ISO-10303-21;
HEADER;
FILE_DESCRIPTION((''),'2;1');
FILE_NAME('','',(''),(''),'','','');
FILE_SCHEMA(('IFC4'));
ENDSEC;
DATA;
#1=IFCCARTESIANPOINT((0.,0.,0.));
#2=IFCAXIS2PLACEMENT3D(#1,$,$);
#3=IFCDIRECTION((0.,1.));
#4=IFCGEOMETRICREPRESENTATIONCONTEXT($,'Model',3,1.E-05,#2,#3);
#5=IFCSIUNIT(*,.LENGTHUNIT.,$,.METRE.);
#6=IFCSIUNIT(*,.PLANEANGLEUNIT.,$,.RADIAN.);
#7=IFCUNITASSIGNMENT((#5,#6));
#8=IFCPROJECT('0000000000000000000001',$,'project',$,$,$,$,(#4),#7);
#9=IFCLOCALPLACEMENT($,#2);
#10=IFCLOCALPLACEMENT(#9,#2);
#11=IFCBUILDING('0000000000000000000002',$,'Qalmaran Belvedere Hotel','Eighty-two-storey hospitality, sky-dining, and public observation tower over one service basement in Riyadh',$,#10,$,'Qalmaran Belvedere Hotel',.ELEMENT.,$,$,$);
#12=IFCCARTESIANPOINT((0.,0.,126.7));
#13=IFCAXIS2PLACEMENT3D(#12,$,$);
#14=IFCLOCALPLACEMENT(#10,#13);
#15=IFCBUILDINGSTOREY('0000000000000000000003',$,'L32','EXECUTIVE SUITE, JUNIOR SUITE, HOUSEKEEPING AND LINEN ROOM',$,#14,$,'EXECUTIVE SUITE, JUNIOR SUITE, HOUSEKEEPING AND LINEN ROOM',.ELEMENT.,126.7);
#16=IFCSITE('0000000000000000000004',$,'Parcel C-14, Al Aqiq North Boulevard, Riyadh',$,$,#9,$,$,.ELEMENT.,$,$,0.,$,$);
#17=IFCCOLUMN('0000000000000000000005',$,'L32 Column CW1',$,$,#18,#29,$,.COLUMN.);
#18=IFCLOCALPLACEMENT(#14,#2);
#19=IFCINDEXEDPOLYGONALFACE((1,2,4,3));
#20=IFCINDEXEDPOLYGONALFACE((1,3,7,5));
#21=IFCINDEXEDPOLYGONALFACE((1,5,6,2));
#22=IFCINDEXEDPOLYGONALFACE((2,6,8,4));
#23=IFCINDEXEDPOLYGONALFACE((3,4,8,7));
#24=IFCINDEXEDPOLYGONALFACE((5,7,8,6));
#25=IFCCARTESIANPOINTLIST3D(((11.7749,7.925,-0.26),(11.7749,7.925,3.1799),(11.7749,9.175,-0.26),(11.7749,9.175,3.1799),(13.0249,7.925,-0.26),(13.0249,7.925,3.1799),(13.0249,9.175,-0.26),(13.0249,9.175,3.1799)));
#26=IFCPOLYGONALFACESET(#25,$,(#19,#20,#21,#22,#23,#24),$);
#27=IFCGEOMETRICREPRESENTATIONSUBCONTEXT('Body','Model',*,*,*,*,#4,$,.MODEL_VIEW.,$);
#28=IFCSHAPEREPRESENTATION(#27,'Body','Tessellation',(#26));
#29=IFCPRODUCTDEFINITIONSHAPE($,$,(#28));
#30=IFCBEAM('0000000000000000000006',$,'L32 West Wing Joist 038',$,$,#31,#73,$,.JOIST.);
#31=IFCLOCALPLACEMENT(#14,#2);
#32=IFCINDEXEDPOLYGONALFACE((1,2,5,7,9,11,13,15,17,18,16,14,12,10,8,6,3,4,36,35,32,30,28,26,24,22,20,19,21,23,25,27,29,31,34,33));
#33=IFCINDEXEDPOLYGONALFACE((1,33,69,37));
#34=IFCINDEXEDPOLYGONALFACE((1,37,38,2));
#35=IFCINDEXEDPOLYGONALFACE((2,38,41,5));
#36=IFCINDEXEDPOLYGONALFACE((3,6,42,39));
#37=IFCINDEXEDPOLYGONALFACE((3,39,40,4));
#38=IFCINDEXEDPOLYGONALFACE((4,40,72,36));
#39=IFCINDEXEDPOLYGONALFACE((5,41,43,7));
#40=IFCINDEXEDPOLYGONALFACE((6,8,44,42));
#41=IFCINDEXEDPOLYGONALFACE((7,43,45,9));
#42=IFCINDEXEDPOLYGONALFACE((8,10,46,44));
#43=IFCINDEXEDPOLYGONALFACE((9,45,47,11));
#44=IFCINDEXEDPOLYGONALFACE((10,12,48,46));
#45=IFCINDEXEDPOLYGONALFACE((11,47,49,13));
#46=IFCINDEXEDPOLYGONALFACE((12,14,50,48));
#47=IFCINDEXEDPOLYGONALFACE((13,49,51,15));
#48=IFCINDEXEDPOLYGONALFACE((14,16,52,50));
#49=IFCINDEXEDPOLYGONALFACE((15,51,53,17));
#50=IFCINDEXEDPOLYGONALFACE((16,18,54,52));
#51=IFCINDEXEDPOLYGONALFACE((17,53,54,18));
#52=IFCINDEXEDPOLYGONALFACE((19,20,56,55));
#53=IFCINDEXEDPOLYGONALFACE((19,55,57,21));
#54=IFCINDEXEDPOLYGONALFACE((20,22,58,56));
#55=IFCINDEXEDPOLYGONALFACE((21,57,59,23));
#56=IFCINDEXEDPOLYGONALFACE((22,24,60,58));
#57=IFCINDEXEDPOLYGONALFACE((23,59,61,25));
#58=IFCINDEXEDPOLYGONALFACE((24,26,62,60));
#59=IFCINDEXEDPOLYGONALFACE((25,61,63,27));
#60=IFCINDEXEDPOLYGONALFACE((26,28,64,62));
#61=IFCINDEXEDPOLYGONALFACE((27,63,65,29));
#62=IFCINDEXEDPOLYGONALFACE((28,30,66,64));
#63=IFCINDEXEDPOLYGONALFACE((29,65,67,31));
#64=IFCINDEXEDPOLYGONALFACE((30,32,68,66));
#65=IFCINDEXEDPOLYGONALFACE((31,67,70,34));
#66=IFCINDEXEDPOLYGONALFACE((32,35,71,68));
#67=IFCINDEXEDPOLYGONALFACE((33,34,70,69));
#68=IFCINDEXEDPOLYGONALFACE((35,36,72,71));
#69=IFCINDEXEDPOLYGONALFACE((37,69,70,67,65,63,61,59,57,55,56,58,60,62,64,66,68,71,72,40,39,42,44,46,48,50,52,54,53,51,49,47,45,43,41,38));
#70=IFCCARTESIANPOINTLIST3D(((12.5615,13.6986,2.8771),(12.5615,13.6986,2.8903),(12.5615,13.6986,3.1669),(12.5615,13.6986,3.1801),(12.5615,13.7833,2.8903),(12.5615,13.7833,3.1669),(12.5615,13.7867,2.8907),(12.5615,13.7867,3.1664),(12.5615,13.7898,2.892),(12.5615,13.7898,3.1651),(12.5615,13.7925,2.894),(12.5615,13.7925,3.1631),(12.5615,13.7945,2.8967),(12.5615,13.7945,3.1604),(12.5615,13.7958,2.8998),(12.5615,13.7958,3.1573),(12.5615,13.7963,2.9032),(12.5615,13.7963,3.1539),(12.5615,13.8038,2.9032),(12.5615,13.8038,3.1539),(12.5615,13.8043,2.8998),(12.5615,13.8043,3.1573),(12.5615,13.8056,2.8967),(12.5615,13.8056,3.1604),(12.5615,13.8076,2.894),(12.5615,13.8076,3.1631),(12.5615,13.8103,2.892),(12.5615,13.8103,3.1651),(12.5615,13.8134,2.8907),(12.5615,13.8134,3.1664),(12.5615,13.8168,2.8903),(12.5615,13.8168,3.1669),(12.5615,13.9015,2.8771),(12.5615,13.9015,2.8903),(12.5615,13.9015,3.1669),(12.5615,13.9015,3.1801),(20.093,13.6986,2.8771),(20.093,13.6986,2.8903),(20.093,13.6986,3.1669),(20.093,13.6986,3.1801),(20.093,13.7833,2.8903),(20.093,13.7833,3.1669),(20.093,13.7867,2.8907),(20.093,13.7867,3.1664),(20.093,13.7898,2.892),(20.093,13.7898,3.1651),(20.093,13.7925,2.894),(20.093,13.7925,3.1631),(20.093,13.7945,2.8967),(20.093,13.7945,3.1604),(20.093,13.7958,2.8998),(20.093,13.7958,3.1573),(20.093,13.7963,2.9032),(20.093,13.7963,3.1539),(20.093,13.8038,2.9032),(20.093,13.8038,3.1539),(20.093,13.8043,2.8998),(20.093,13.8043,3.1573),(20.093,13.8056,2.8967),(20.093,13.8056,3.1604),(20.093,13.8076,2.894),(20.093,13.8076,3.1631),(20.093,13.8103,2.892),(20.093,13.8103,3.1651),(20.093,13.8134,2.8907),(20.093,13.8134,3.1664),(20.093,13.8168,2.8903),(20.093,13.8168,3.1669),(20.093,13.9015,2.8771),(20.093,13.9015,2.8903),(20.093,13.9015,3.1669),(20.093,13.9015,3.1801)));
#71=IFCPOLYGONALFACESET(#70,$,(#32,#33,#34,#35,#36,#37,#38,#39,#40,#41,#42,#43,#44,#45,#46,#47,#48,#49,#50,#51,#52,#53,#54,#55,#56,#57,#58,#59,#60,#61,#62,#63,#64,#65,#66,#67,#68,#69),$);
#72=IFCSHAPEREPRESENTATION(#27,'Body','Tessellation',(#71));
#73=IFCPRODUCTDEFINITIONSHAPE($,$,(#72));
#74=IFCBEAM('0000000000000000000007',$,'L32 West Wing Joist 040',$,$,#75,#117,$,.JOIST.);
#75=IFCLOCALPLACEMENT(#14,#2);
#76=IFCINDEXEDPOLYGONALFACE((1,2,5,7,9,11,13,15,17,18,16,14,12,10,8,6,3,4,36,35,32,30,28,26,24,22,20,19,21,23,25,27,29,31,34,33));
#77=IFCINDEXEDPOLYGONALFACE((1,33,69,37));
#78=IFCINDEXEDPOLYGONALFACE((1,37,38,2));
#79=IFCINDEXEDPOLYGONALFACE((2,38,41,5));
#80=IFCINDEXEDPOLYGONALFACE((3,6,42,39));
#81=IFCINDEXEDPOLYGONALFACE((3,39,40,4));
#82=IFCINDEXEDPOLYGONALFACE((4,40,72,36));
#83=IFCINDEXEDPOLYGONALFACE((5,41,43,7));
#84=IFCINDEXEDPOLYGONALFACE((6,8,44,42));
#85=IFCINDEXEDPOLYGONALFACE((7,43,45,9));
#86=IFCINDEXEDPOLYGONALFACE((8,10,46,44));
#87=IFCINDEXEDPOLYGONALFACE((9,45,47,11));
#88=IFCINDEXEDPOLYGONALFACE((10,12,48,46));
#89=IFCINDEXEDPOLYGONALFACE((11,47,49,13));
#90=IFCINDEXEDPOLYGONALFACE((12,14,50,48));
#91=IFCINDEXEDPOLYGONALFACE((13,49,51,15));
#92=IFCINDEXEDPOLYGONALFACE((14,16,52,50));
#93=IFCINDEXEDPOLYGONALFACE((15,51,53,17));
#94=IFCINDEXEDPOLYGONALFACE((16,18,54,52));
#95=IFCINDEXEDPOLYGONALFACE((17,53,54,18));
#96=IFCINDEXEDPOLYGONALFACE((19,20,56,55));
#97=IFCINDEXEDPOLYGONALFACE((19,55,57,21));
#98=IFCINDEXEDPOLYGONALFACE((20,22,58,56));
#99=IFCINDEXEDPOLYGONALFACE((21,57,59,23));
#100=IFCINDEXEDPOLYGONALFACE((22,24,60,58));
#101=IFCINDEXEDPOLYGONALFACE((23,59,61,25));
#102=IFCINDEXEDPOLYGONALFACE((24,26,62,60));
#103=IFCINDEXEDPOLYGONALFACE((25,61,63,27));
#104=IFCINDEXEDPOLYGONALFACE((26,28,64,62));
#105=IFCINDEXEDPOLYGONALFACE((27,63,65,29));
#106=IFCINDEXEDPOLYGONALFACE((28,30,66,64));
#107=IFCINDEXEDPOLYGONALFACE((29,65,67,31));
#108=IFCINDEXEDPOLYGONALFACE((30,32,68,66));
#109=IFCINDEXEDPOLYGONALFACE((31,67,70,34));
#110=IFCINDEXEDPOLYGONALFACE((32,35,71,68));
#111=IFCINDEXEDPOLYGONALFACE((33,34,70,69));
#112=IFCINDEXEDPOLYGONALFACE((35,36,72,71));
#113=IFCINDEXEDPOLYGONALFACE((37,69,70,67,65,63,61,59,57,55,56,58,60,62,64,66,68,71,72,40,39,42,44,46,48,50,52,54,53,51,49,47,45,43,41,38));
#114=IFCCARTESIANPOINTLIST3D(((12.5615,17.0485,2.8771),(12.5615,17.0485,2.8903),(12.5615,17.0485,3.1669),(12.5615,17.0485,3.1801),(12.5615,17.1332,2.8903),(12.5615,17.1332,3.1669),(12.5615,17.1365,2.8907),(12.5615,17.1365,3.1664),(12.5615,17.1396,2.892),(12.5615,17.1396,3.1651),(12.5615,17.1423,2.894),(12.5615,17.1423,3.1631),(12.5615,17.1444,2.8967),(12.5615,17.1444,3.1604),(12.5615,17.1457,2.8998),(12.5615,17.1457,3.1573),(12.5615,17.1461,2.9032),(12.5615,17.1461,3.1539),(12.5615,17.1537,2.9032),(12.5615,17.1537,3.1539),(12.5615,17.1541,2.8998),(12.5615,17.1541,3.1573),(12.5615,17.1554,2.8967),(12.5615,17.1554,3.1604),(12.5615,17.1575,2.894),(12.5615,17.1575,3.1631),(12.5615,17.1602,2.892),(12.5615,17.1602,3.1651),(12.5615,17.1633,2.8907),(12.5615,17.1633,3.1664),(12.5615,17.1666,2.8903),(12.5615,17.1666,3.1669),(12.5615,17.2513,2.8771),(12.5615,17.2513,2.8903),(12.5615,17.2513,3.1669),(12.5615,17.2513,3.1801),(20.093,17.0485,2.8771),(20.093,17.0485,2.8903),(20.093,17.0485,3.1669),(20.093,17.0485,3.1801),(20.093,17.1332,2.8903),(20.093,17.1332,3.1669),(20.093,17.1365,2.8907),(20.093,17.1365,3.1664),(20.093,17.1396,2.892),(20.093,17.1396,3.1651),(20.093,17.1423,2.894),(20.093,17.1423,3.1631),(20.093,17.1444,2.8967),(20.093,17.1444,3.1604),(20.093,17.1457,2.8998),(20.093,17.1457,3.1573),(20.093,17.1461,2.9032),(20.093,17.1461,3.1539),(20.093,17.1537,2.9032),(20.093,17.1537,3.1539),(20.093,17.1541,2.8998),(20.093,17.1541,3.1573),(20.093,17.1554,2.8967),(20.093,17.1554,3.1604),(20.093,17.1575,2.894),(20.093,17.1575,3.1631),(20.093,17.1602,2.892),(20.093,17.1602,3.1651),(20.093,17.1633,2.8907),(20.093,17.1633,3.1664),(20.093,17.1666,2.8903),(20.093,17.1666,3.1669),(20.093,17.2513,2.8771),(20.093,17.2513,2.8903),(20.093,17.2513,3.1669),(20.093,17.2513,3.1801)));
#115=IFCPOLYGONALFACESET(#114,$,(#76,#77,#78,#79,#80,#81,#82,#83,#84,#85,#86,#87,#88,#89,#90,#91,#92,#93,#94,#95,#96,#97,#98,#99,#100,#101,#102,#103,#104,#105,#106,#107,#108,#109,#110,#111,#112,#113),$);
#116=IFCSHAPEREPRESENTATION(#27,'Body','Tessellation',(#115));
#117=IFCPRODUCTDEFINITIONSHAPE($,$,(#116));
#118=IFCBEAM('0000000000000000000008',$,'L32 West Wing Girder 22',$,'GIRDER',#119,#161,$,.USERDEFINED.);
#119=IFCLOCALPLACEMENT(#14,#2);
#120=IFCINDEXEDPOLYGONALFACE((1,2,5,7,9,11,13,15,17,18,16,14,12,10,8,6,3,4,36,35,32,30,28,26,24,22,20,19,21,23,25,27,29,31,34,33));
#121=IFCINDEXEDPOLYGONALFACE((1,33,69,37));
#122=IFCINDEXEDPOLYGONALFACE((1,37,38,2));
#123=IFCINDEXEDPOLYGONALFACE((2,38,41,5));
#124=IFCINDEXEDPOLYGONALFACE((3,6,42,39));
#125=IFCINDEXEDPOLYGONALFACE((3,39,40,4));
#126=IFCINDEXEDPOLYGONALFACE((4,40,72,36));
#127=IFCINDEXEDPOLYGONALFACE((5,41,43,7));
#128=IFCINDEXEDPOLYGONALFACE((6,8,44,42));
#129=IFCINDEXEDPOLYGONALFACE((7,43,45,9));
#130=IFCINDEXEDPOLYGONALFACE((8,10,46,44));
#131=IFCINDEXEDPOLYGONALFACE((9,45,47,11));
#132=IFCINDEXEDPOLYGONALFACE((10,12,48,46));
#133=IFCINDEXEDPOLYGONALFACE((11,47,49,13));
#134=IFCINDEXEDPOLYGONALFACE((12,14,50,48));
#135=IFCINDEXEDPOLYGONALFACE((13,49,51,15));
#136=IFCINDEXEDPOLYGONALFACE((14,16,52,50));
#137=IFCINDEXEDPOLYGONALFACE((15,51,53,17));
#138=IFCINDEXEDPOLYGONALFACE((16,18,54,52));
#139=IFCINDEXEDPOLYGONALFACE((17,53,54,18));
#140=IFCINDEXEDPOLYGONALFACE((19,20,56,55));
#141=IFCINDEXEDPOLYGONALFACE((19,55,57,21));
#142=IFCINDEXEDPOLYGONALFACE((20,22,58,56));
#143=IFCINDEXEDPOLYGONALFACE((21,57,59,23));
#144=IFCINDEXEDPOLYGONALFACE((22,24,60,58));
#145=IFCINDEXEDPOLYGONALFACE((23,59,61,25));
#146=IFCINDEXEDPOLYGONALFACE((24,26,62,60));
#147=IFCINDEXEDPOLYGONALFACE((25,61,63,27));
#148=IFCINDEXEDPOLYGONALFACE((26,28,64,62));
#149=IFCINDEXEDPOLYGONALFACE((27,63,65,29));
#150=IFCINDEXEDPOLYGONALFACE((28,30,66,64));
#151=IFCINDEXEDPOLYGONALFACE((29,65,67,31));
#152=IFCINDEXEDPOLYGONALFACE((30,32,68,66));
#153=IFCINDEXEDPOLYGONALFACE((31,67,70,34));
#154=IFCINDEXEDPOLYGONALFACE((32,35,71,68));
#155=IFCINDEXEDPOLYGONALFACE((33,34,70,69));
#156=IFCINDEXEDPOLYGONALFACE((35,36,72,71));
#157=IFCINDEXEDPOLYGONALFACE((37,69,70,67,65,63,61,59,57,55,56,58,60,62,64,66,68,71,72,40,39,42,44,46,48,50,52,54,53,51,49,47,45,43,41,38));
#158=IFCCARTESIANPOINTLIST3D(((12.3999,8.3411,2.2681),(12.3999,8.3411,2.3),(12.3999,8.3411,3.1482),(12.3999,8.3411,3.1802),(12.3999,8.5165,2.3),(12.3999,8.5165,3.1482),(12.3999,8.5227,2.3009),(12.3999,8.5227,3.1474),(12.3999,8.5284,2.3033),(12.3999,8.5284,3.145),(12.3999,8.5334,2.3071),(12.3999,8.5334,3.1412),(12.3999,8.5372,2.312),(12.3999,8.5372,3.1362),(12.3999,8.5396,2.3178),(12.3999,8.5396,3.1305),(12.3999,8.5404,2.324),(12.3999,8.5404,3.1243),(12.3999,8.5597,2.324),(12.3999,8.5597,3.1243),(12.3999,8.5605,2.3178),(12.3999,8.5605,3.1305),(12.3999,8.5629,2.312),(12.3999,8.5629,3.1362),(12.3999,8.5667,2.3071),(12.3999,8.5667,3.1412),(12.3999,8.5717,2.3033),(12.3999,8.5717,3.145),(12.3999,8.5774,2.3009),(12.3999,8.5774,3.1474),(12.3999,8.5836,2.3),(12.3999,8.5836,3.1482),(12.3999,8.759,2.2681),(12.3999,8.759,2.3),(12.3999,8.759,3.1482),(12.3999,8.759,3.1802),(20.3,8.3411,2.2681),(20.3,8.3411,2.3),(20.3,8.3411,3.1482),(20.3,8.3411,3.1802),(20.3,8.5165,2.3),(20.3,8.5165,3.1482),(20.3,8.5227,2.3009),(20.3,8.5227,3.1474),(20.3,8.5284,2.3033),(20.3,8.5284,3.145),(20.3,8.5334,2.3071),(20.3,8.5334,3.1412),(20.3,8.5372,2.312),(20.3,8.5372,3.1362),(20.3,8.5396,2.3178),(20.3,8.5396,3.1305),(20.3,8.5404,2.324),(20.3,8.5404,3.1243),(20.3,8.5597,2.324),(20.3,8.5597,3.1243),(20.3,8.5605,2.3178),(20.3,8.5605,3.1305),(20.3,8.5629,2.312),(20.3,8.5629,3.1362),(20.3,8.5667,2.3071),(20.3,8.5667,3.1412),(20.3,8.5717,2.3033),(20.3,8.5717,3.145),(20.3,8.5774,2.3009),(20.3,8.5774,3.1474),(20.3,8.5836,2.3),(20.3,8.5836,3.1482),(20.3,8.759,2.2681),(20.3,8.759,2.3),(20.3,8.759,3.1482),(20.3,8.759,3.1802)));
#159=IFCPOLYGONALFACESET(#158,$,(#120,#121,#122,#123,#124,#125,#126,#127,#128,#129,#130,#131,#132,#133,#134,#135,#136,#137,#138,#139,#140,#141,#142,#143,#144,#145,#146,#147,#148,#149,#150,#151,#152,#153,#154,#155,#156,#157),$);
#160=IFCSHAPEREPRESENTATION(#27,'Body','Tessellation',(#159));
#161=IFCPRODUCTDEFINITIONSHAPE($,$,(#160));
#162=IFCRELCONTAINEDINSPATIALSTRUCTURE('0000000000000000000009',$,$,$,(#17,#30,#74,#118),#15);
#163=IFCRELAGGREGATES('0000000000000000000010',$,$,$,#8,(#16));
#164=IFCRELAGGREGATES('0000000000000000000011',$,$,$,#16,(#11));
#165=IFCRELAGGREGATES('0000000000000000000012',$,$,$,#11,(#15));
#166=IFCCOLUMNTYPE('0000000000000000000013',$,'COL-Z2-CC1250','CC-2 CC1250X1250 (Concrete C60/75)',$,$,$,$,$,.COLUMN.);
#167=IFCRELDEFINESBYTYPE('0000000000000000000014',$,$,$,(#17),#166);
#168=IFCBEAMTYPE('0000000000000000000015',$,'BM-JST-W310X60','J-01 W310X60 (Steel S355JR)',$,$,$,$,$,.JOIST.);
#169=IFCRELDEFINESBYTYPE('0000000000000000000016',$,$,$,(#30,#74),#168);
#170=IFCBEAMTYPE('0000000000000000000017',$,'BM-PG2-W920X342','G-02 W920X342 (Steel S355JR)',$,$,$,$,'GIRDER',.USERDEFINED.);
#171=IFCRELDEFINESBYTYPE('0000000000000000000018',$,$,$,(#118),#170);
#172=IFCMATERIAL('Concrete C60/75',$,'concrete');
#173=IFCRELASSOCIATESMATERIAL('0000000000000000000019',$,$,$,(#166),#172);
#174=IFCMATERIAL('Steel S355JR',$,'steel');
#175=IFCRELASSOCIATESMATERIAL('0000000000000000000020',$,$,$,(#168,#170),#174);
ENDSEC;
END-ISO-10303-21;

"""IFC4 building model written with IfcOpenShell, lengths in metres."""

from ifc_helpers import new_model, si_unit, direction, frame, origin, origin_2d, place, context, subcontext, project, spatial, rectangle, i_section, extrude, material, material_profile, profile_set, type_object, element, save


model = new_model("IFC4")

# Units and contexts
model_context = context("Model", 3, precision=1e-05, world=origin(), true_north=direction((0.0, 1.0)))
body_context = subcontext(model_context, "Body", "Model", "MODEL_VIEW")
ifc_project = project(units=[si_unit("LENGTHUNIT", "METRE"), si_unit("PLANEANGLEUNIT", "RADIAN")], contexts=[model_context])

# Site, building, storey
site_placement = place(None, origin())
site = spatial("IfcSite", under=ifc_project, at=site_placement, Name="Parcel C-14, Al Aqiq North Boulevard, Riyadh", CompositionType="ELEMENT", RefElevation=0.0)
building_placement = place(site_placement, origin())
building = spatial("IfcBuilding", under=site, at=building_placement, Name="Qalmaran Belvedere Hotel", Description="Eighty-two-storey hospitality, sky-dining, and public observation tower over one service basement in Riyadh", LongName="Qalmaran Belvedere Hotel", CompositionType="ELEMENT")
storey_placement = place(building_placement, frame((0.0, 0.0, 126.7)))
storey = spatial("IfcBuildingStorey", under=building, at=storey_placement, Name="L32", Description="EXECUTIVE SUITE, JUNIOR SUITE, HOUSEKEEPING AND LINEN ROOM", LongName="EXECUTIVE SUITE, JUNIOR SUITE, HOUSEKEEPING AND LINEN ROOM", CompositionType="ELEMENT", Elevation=126.7)

# Column
ifc_material_1 = material(Name="Concrete C60/75", Category="concrete")
ifc_material_profile_1 = material_profile(ifc_material_1, rectangle(XDim=1.25, YDim=1.25, at=origin_2d()), Name="CC1250X1250")
ifc_profile_set_1 = profile_set([ifc_material_profile_1], Name="Concrete C60/75")
column_type = type_object("IfcColumnType", Name="COL-Z2-CC1250", Description="CC-2 CC1250X1250 (Concrete C60/75)", PredefinedType="COLUMN", material=ifc_profile_set_1)
column_placement = place(storey_placement, frame((12.3999, 8.55, -0.26), z_axis=(0.0, 0.0, 1.0), x_axis=(1.0, 0.0, 0.0)))
element("IfcColumn", 1, at=column_placement, inside=storey, type_object=column_type, Name="L32 Column CW1", PredefinedType="COLUMN", context=body_context, shape_type="SweptSolid", body=[
    extrude(rectangle(XDim=1.25, YDim=1.25, at=origin_2d()), origin(), (0.0, 0.0, 1.0), 3.4399),
])

# Beams
ifc_material_2 = material(Name="Steel S355JR", Category="steel")
ifc_material_profile_2 = material_profile(ifc_material_2, i_section(OverallWidth=0.2029, OverallDepth=0.303, WebThickness=0.0076, FlangeThickness=0.0132, FilletRadius=0.0129, at=origin_2d()), Name="W310X60")
ifc_profile_set_2 = profile_set([ifc_material_profile_2], Name="Steel S355JR")
beam_type_1 = type_object("IfcBeamType", Name="BM-JST-W310X60", Description="J-01 W310X60 (Steel S355JR)", PredefinedType="JOIST", material=ifc_profile_set_2)
for number, where, z_axis, x_axis, name in (
    (2, (12.5615, 13.8, 3.0286), (1.0, 0.0, 0.0), (0.0, 1.0, 0.0), "L32 West Wing Joist 038"),
    (3, (12.5615, 17.1499, 3.0286), (1.0, 0.0, 0.0), (0.0, 1.0, 0.0), "L32 West Wing Joist 040"),
):
    element("IfcBeam", number, at=place(storey_placement, frame(where, z_axis=z_axis, x_axis=x_axis)), inside=storey, type_object=beam_type_1, Name=name, PredefinedType="JOIST", context=body_context, shape_type="SweptSolid", body=[
        extrude(i_section(OverallWidth=0.2029, OverallDepth=0.303, WebThickness=0.0076, FlangeThickness=0.0132, FilletRadius=0.0129, at=origin_2d()), origin(), (0.0, 0.0, 1.0), 7.5315),
    ])
ifc_material_profile_3 = material_profile(ifc_material_2, i_section(OverallWidth=0.418, OverallDepth=0.9121, WebThickness=0.0193, FlangeThickness=0.032, FilletRadius=0.0239, at=origin_2d()), Name="W920X342")
ifc_profile_set_3 = profile_set([ifc_material_profile_3], Name="Steel S355JR")
beam_type_2 = type_object("IfcBeamType", Name="BM-PG2-W920X342", Description="G-02 W920X342 (Steel S355JR)", ElementType="GIRDER", PredefinedType="USERDEFINED", material=ifc_profile_set_3)
beam_1_placement = place(storey_placement, frame((12.3999, 8.55, 2.7241), z_axis=(1.0, 0.0, 0.0), x_axis=(0.0, 1.0, 0.0)))
element("IfcBeam", 4, at=beam_1_placement, inside=storey, type_object=beam_type_2, Name="L32 West Wing Girder 22", ObjectType="GIRDER", PredefinedType="USERDEFINED", context=body_context, shape_type="SweptSolid", body=[
    extrude(i_section(OverallWidth=0.418, OverallDepth=0.9121, WebThickness=0.0193, FlangeThickness=0.032, FilletRadius=0.0239, at=origin_2d()), origin(), (0.0, 0.0, 1.0), 7.9001),
])

save(model, "model.ifc")
